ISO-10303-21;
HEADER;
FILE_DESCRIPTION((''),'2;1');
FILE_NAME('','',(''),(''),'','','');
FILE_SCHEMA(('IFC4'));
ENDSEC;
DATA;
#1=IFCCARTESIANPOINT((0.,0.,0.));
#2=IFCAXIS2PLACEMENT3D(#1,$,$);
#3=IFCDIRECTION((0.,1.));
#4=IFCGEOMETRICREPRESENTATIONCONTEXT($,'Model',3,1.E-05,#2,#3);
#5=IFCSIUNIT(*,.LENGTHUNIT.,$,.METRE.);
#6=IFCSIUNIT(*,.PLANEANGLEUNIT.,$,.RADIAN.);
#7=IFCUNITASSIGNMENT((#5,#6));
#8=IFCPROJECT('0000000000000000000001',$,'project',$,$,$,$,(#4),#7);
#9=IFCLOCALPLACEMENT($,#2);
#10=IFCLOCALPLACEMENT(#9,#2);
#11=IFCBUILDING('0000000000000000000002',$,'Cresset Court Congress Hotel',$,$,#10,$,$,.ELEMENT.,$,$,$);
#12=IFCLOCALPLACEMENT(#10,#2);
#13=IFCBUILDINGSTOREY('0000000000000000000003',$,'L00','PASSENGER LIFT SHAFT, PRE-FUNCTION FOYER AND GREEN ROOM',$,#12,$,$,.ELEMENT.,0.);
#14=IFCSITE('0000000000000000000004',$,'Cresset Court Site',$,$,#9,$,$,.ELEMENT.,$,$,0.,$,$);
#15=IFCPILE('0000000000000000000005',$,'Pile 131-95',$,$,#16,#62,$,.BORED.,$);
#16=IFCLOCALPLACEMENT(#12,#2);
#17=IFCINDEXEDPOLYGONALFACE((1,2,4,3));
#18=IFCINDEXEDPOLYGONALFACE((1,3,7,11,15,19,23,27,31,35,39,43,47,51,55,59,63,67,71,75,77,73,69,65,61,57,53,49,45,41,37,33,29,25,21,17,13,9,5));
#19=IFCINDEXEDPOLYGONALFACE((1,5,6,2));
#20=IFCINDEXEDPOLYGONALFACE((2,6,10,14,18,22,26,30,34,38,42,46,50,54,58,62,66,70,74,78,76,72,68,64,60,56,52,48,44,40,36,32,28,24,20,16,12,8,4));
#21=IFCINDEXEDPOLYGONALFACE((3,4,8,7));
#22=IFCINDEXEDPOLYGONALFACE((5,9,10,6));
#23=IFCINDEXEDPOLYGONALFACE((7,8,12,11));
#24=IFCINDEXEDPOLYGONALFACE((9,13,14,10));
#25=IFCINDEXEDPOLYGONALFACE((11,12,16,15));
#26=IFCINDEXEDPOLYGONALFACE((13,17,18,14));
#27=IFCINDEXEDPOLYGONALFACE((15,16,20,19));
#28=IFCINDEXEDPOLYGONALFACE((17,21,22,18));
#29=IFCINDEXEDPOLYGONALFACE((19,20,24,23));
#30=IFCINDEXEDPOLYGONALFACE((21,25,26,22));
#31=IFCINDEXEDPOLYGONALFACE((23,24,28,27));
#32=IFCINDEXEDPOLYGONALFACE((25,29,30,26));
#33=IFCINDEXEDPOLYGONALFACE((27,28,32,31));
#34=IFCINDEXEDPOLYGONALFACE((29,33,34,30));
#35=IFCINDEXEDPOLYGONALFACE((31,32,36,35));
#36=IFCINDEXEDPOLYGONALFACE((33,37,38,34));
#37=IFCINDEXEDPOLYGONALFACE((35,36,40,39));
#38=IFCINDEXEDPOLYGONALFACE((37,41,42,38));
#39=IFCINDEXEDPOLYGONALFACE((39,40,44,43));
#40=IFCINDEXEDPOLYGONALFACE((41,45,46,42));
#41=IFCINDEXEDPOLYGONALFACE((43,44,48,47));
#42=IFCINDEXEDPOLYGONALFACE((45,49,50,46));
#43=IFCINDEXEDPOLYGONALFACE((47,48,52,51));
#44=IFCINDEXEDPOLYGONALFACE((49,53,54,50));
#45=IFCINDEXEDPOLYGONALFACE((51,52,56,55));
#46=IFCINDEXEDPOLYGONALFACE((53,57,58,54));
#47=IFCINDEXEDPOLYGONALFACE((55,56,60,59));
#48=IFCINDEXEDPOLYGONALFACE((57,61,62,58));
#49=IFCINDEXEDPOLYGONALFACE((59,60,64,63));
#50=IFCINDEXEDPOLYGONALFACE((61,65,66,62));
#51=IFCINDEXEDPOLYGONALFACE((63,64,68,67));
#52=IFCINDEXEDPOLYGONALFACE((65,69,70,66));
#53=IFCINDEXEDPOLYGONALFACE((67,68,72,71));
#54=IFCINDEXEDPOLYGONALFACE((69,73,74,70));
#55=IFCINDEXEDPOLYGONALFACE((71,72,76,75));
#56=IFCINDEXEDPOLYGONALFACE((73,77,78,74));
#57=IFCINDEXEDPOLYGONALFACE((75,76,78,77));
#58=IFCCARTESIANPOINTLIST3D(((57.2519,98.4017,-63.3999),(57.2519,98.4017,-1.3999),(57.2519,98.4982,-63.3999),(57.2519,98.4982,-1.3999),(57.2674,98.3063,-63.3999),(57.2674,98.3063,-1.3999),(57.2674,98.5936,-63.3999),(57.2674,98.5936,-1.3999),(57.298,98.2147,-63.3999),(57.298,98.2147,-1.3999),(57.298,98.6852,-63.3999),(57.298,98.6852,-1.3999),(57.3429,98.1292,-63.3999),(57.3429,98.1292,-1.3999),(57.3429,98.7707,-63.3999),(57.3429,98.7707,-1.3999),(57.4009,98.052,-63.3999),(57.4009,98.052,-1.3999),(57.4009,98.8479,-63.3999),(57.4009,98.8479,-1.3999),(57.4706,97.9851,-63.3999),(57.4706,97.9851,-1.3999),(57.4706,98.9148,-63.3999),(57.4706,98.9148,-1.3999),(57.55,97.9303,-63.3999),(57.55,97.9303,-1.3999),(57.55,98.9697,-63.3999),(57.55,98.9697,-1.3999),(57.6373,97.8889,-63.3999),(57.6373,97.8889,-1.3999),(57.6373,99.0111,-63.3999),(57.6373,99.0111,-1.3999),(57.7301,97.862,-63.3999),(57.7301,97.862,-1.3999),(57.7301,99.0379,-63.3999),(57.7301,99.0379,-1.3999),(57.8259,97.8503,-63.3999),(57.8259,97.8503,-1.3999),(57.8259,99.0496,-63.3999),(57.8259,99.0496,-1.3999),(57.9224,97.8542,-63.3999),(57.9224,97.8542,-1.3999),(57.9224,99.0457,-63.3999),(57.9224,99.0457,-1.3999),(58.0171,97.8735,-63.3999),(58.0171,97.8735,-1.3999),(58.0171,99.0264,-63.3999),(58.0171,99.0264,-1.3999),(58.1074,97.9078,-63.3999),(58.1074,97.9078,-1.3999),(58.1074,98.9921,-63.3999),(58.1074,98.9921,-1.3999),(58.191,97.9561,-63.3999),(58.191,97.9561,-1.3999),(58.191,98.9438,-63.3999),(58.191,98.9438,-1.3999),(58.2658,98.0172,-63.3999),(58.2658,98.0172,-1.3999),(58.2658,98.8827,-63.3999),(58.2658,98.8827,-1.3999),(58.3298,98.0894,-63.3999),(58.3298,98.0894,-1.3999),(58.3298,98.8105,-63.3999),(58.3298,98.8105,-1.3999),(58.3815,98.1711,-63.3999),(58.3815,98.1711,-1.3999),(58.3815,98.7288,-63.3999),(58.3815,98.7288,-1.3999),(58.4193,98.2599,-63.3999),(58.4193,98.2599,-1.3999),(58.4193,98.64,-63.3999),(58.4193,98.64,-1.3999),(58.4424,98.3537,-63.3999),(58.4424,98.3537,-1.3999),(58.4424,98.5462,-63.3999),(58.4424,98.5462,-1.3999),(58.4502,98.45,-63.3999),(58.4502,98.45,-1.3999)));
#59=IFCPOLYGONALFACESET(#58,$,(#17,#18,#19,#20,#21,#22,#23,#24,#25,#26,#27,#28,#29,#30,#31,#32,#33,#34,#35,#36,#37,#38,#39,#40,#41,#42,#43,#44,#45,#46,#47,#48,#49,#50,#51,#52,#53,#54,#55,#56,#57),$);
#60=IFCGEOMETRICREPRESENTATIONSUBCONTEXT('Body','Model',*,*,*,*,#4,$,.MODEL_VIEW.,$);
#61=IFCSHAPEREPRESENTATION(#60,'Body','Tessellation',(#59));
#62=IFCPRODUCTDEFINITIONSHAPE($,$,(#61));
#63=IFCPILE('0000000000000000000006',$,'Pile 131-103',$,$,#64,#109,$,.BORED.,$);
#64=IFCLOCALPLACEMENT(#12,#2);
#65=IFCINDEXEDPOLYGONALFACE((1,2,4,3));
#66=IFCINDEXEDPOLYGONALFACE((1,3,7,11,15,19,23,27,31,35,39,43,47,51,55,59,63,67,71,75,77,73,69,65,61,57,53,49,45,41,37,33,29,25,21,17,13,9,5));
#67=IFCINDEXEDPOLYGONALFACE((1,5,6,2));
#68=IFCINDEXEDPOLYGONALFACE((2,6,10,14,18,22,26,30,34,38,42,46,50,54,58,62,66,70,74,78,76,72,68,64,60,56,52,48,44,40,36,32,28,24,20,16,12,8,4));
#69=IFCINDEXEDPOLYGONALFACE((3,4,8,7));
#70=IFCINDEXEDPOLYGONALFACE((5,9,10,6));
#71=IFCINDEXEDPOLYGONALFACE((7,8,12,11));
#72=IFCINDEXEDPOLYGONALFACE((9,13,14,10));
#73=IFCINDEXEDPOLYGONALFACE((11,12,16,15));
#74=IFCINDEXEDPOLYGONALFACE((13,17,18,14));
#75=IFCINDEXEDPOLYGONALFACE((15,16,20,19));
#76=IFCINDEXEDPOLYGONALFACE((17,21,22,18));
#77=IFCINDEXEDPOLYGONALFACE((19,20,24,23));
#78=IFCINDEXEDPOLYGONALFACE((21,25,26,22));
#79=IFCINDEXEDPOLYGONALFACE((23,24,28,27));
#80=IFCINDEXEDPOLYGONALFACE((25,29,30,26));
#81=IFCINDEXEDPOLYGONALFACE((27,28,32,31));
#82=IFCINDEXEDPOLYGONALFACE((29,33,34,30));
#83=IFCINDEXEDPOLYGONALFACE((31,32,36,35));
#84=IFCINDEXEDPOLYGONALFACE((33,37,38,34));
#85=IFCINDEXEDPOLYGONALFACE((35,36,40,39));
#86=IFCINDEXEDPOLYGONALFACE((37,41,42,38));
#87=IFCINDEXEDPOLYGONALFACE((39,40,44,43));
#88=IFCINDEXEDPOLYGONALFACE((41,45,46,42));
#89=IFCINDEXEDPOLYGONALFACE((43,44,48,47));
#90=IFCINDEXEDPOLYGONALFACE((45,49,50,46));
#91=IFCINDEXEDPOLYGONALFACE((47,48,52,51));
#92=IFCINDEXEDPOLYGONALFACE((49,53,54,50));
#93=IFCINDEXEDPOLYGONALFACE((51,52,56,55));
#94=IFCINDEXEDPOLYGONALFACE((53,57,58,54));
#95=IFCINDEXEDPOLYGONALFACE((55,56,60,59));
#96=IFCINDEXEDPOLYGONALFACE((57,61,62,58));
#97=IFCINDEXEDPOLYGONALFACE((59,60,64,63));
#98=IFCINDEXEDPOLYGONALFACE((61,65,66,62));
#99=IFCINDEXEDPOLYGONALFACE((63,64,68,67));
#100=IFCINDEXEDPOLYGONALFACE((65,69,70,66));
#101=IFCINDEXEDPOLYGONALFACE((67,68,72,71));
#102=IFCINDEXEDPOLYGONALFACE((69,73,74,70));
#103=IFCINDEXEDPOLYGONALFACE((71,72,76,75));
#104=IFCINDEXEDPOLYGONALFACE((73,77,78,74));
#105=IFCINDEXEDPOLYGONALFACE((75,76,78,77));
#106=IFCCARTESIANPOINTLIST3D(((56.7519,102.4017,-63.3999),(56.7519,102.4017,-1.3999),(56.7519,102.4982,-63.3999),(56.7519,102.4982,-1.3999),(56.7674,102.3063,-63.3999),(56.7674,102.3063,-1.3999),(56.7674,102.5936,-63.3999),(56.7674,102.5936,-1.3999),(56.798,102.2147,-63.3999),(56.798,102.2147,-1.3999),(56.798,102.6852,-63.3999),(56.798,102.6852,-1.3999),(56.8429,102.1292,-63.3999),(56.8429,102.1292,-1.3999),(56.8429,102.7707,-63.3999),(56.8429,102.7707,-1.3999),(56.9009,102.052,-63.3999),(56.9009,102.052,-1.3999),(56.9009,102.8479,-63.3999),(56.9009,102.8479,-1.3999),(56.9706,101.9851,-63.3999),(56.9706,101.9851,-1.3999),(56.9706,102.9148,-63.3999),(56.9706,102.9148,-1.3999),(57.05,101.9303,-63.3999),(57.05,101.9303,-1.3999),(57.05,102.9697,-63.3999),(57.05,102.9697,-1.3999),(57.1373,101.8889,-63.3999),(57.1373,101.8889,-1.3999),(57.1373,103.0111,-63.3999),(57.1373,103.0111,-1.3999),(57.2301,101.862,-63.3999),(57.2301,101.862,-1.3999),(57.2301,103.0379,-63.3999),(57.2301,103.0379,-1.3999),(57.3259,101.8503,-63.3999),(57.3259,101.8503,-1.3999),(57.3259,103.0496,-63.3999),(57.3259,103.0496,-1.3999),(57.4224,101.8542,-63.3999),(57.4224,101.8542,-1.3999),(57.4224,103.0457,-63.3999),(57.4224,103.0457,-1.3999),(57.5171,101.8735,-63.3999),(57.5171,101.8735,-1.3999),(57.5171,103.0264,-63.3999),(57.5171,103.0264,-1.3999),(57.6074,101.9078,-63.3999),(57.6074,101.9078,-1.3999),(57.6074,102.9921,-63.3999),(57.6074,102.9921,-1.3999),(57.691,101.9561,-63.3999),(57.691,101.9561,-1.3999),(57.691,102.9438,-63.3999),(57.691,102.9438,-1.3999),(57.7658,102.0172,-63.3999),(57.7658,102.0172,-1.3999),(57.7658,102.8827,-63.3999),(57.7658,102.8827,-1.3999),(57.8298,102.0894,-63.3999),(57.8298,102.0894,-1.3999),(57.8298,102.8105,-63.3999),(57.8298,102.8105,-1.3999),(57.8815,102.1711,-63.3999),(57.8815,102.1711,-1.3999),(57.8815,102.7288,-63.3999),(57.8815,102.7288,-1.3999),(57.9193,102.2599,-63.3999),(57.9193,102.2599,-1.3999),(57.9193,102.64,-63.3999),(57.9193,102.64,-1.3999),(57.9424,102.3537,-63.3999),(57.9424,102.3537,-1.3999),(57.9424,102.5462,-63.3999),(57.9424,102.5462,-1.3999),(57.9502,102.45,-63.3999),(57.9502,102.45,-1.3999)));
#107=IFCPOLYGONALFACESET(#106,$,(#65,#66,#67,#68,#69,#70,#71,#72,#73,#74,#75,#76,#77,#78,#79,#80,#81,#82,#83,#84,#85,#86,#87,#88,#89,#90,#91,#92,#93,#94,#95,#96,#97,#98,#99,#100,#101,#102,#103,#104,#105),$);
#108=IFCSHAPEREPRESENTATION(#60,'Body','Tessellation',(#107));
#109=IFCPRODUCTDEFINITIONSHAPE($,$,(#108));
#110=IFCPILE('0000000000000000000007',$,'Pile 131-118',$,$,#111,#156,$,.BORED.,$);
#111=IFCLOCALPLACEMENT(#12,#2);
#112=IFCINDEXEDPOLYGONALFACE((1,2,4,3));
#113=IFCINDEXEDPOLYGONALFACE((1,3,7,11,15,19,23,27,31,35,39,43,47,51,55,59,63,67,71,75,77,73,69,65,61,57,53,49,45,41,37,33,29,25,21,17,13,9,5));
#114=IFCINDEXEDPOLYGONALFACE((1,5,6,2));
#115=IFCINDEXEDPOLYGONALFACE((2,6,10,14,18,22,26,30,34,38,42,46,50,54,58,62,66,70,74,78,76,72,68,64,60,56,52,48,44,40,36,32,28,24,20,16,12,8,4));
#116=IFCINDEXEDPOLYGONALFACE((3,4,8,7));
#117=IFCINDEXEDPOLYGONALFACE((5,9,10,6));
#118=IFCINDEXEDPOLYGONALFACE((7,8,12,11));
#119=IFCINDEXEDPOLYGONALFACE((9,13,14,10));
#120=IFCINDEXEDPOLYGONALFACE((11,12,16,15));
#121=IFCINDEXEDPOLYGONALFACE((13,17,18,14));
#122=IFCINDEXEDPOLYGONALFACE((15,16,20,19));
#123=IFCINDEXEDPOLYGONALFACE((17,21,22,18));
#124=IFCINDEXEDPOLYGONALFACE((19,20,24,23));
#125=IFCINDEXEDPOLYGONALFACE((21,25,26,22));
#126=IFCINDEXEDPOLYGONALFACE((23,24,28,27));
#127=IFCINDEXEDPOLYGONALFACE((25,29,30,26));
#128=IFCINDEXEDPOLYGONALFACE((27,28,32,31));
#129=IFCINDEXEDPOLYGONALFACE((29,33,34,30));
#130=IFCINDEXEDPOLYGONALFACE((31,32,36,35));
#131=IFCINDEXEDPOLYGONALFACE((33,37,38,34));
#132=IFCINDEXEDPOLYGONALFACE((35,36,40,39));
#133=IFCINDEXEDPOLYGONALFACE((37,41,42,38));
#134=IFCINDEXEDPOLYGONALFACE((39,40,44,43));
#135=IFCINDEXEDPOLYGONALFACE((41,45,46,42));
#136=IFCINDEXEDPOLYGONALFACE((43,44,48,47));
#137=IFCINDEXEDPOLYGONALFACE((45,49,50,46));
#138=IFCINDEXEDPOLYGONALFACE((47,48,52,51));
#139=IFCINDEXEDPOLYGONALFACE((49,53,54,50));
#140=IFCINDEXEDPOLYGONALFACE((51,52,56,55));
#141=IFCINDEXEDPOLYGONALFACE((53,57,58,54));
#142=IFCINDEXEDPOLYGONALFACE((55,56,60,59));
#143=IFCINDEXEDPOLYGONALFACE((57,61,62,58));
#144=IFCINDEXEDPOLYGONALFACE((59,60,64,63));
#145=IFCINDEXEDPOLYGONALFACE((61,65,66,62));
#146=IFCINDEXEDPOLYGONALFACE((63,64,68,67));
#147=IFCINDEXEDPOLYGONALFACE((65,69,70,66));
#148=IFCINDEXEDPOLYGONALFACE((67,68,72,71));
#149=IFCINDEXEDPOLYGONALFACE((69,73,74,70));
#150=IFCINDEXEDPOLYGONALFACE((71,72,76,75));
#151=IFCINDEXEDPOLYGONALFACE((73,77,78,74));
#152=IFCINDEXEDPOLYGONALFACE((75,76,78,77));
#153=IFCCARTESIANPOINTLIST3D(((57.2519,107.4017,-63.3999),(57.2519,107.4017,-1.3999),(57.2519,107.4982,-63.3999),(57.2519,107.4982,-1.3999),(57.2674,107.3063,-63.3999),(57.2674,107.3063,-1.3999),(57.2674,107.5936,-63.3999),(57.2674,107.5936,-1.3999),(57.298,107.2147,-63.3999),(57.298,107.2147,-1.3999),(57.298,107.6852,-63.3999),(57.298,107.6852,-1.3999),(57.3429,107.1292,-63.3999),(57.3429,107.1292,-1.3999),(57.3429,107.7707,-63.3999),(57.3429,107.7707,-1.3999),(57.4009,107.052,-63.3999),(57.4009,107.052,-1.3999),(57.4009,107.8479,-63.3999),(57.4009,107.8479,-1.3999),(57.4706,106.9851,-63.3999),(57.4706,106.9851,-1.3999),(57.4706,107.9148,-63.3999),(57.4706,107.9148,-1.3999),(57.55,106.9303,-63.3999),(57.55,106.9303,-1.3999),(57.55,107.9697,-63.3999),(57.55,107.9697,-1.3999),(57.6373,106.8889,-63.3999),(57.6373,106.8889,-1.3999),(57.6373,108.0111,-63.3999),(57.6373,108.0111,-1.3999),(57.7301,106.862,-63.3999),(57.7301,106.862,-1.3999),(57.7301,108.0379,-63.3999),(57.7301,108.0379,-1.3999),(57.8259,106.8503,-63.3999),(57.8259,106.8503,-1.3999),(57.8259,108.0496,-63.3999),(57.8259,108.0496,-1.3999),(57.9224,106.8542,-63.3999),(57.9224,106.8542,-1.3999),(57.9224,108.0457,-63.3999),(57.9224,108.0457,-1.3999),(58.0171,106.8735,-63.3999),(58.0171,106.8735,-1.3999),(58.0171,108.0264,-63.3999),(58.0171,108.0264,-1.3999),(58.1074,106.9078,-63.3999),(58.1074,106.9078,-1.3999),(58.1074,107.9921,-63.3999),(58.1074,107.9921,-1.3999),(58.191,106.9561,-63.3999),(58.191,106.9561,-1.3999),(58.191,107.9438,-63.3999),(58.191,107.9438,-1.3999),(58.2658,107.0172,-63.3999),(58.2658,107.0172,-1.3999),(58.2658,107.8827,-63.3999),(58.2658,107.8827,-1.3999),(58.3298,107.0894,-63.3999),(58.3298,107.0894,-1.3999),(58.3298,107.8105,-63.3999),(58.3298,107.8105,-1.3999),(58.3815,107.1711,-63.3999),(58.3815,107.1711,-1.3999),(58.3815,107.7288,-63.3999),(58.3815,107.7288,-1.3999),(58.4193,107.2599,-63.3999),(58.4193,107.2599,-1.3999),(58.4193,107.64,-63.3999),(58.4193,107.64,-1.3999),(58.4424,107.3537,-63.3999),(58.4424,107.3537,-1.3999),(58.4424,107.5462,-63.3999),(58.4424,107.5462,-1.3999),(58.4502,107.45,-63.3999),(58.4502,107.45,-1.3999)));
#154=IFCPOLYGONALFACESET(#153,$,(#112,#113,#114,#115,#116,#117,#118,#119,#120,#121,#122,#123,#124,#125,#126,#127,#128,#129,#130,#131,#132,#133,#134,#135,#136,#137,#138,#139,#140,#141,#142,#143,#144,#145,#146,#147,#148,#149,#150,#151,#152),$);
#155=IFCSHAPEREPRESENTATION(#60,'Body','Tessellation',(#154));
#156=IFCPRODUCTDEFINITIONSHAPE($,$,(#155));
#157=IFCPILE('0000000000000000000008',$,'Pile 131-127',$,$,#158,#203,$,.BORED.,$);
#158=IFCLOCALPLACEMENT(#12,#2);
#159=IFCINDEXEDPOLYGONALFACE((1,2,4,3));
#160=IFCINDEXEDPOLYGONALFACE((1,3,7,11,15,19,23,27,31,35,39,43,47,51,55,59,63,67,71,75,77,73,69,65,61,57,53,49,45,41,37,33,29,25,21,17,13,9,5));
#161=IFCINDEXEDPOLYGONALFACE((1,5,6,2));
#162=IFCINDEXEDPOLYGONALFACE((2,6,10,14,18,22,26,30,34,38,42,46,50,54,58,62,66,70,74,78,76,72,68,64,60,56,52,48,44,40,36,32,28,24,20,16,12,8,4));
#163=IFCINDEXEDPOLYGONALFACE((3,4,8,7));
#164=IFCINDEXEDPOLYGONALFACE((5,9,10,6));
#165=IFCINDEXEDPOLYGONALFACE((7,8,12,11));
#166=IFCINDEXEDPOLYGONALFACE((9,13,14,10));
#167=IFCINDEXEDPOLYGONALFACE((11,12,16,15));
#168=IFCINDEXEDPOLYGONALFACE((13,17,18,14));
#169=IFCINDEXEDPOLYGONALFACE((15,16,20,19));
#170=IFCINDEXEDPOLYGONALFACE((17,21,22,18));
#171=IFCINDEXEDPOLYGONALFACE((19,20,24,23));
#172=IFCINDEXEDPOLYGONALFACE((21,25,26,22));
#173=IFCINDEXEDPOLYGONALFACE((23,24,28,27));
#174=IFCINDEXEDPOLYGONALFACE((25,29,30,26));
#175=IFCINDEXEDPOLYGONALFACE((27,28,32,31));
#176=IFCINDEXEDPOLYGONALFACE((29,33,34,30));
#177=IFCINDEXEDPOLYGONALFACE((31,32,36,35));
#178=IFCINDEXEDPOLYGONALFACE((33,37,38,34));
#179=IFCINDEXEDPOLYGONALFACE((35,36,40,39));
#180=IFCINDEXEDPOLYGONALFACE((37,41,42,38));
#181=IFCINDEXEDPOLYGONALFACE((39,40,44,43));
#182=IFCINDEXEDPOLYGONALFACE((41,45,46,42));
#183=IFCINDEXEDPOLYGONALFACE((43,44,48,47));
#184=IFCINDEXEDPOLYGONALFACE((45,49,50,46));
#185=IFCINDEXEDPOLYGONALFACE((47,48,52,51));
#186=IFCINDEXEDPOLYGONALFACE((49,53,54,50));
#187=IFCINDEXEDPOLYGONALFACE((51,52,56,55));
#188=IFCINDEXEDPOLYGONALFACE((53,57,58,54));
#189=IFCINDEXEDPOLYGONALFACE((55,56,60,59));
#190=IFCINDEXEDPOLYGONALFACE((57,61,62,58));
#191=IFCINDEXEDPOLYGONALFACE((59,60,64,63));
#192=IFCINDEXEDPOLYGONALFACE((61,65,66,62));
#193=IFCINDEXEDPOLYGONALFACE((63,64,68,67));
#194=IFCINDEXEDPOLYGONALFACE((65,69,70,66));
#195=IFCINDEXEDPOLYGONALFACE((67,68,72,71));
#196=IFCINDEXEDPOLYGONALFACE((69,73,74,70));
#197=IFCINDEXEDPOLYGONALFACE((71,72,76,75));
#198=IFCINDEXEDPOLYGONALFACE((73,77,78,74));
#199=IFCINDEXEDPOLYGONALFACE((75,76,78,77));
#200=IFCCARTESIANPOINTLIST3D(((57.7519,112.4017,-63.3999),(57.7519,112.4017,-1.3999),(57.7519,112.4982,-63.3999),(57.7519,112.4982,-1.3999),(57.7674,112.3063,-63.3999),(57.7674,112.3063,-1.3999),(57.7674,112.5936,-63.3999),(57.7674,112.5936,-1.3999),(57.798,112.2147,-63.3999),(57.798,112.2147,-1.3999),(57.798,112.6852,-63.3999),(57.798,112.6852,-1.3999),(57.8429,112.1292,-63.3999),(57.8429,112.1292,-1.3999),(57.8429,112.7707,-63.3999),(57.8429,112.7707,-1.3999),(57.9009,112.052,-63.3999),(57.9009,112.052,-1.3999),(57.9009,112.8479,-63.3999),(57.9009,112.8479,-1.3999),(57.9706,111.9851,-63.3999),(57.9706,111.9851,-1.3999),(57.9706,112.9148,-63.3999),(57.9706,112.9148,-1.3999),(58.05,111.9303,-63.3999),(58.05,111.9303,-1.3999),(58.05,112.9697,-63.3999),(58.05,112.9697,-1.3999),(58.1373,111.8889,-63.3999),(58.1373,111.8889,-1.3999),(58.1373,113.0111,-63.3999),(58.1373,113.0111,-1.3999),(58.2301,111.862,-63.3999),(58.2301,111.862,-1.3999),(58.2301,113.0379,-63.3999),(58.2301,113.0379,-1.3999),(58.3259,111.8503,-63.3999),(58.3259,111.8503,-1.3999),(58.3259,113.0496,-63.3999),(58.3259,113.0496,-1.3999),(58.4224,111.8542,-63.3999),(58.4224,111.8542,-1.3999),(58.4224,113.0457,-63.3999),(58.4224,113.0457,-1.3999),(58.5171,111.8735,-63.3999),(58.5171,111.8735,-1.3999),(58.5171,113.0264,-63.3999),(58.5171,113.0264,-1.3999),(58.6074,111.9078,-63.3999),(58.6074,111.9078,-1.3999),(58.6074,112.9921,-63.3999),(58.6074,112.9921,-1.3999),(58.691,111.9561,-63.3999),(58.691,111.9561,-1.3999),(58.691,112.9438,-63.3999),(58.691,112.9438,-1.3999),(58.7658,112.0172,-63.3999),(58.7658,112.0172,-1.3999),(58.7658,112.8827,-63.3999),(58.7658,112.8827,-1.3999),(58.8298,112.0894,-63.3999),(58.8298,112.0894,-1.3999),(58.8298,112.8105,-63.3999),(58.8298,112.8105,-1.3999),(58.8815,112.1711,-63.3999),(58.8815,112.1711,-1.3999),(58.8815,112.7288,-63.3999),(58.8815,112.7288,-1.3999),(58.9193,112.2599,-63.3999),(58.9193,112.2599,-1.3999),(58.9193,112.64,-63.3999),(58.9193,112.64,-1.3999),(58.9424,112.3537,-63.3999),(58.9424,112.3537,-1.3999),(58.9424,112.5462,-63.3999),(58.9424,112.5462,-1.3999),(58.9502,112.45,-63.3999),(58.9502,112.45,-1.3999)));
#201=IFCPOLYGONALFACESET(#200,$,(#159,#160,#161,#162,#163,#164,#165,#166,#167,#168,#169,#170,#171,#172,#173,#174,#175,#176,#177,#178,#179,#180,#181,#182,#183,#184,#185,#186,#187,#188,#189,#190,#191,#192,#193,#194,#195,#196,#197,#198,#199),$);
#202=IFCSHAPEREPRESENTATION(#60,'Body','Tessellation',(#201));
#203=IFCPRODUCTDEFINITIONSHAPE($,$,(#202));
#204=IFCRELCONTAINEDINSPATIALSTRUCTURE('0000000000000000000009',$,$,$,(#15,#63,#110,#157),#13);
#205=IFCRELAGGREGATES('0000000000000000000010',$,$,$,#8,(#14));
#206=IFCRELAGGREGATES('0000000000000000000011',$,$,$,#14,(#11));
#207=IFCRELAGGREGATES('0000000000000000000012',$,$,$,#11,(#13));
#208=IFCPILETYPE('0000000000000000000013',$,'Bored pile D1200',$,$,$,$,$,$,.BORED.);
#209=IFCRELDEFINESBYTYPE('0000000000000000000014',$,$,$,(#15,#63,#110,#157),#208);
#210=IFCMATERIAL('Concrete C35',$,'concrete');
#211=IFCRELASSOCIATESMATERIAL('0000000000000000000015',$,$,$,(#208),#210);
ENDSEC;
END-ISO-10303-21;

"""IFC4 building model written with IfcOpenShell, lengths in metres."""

from ifc_helpers import new_model, si_unit, direction, frame, origin, origin_2d, place, context, subcontext, project, spatial, circle, extrude, material, type_object, element, save


model = new_model("IFC4")

# Units and contexts
model_context = context("Model", 3, precision=1e-05, world=origin(), true_north=direction((0.0, 1.0)))
body_context = subcontext(model_context, "Body", "Model", "MODEL_VIEW")
ifc_project = project(units=[si_unit("LENGTHUNIT", "METRE"), si_unit("PLANEANGLEUNIT", "RADIAN")], contexts=[model_context])

# Site, building, storey
site_placement = place(None, origin())
site = spatial("IfcSite", under=ifc_project, at=site_placement, Name="Cresset Court Site", CompositionType="ELEMENT", RefElevation=0.0)
building_placement = place(site_placement, origin())
building = spatial("IfcBuilding", under=site, at=building_placement, Name="Cresset Court Congress Hotel", CompositionType="ELEMENT")
storey_placement = place(building_placement, origin())
storey = spatial("IfcBuildingStorey", under=building, at=storey_placement, Name="L00", Description="PASSENGER LIFT SHAFT, PRE-FUNCTION FOYER AND GREEN ROOM", CompositionType="ELEMENT", Elevation=0.0)

# Piles
ifc_material_1 = material(Name="Concrete C35", Category="concrete")
pile_type = type_object("IfcPileType", Name="Bored pile D1200", PredefinedType="BORED", material=ifc_material_1)
for number, where, z_axis, x_axis, name in (
    (1, (57.8501, 98.45, -1.3999), (0.0, 0.0, -1.0), (1.0, 0.0, 0.0), "Pile 131-95"),
    (2, (57.3501, 102.45, -1.3999), (0.0, 0.0, -1.0), (1.0, 0.0, 0.0), "Pile 131-103"),
    (3, (57.8501, 107.45, -1.3999), (0.0, 0.0, -1.0), (1.0, 0.0, 0.0), "Pile 131-118"),
    (4, (58.3501, 112.45, -1.3999), (0.0, 0.0, -1.0), (1.0, 0.0, 0.0), "Pile 131-127"),
):
    element("IfcPile", number, at=place(storey_placement, frame(where, z_axis=z_axis, x_axis=x_axis)), inside=storey, type_object=pile_type, Name=name, PredefinedType="BORED", context=body_context, shape_type="SweptSolid", body=[
        extrude(circle(Radius=0.6001, at=origin_2d()), origin(), (0.0, 0.0, 1.0), 62.0),
    ])

save(model, "model.ifc")
